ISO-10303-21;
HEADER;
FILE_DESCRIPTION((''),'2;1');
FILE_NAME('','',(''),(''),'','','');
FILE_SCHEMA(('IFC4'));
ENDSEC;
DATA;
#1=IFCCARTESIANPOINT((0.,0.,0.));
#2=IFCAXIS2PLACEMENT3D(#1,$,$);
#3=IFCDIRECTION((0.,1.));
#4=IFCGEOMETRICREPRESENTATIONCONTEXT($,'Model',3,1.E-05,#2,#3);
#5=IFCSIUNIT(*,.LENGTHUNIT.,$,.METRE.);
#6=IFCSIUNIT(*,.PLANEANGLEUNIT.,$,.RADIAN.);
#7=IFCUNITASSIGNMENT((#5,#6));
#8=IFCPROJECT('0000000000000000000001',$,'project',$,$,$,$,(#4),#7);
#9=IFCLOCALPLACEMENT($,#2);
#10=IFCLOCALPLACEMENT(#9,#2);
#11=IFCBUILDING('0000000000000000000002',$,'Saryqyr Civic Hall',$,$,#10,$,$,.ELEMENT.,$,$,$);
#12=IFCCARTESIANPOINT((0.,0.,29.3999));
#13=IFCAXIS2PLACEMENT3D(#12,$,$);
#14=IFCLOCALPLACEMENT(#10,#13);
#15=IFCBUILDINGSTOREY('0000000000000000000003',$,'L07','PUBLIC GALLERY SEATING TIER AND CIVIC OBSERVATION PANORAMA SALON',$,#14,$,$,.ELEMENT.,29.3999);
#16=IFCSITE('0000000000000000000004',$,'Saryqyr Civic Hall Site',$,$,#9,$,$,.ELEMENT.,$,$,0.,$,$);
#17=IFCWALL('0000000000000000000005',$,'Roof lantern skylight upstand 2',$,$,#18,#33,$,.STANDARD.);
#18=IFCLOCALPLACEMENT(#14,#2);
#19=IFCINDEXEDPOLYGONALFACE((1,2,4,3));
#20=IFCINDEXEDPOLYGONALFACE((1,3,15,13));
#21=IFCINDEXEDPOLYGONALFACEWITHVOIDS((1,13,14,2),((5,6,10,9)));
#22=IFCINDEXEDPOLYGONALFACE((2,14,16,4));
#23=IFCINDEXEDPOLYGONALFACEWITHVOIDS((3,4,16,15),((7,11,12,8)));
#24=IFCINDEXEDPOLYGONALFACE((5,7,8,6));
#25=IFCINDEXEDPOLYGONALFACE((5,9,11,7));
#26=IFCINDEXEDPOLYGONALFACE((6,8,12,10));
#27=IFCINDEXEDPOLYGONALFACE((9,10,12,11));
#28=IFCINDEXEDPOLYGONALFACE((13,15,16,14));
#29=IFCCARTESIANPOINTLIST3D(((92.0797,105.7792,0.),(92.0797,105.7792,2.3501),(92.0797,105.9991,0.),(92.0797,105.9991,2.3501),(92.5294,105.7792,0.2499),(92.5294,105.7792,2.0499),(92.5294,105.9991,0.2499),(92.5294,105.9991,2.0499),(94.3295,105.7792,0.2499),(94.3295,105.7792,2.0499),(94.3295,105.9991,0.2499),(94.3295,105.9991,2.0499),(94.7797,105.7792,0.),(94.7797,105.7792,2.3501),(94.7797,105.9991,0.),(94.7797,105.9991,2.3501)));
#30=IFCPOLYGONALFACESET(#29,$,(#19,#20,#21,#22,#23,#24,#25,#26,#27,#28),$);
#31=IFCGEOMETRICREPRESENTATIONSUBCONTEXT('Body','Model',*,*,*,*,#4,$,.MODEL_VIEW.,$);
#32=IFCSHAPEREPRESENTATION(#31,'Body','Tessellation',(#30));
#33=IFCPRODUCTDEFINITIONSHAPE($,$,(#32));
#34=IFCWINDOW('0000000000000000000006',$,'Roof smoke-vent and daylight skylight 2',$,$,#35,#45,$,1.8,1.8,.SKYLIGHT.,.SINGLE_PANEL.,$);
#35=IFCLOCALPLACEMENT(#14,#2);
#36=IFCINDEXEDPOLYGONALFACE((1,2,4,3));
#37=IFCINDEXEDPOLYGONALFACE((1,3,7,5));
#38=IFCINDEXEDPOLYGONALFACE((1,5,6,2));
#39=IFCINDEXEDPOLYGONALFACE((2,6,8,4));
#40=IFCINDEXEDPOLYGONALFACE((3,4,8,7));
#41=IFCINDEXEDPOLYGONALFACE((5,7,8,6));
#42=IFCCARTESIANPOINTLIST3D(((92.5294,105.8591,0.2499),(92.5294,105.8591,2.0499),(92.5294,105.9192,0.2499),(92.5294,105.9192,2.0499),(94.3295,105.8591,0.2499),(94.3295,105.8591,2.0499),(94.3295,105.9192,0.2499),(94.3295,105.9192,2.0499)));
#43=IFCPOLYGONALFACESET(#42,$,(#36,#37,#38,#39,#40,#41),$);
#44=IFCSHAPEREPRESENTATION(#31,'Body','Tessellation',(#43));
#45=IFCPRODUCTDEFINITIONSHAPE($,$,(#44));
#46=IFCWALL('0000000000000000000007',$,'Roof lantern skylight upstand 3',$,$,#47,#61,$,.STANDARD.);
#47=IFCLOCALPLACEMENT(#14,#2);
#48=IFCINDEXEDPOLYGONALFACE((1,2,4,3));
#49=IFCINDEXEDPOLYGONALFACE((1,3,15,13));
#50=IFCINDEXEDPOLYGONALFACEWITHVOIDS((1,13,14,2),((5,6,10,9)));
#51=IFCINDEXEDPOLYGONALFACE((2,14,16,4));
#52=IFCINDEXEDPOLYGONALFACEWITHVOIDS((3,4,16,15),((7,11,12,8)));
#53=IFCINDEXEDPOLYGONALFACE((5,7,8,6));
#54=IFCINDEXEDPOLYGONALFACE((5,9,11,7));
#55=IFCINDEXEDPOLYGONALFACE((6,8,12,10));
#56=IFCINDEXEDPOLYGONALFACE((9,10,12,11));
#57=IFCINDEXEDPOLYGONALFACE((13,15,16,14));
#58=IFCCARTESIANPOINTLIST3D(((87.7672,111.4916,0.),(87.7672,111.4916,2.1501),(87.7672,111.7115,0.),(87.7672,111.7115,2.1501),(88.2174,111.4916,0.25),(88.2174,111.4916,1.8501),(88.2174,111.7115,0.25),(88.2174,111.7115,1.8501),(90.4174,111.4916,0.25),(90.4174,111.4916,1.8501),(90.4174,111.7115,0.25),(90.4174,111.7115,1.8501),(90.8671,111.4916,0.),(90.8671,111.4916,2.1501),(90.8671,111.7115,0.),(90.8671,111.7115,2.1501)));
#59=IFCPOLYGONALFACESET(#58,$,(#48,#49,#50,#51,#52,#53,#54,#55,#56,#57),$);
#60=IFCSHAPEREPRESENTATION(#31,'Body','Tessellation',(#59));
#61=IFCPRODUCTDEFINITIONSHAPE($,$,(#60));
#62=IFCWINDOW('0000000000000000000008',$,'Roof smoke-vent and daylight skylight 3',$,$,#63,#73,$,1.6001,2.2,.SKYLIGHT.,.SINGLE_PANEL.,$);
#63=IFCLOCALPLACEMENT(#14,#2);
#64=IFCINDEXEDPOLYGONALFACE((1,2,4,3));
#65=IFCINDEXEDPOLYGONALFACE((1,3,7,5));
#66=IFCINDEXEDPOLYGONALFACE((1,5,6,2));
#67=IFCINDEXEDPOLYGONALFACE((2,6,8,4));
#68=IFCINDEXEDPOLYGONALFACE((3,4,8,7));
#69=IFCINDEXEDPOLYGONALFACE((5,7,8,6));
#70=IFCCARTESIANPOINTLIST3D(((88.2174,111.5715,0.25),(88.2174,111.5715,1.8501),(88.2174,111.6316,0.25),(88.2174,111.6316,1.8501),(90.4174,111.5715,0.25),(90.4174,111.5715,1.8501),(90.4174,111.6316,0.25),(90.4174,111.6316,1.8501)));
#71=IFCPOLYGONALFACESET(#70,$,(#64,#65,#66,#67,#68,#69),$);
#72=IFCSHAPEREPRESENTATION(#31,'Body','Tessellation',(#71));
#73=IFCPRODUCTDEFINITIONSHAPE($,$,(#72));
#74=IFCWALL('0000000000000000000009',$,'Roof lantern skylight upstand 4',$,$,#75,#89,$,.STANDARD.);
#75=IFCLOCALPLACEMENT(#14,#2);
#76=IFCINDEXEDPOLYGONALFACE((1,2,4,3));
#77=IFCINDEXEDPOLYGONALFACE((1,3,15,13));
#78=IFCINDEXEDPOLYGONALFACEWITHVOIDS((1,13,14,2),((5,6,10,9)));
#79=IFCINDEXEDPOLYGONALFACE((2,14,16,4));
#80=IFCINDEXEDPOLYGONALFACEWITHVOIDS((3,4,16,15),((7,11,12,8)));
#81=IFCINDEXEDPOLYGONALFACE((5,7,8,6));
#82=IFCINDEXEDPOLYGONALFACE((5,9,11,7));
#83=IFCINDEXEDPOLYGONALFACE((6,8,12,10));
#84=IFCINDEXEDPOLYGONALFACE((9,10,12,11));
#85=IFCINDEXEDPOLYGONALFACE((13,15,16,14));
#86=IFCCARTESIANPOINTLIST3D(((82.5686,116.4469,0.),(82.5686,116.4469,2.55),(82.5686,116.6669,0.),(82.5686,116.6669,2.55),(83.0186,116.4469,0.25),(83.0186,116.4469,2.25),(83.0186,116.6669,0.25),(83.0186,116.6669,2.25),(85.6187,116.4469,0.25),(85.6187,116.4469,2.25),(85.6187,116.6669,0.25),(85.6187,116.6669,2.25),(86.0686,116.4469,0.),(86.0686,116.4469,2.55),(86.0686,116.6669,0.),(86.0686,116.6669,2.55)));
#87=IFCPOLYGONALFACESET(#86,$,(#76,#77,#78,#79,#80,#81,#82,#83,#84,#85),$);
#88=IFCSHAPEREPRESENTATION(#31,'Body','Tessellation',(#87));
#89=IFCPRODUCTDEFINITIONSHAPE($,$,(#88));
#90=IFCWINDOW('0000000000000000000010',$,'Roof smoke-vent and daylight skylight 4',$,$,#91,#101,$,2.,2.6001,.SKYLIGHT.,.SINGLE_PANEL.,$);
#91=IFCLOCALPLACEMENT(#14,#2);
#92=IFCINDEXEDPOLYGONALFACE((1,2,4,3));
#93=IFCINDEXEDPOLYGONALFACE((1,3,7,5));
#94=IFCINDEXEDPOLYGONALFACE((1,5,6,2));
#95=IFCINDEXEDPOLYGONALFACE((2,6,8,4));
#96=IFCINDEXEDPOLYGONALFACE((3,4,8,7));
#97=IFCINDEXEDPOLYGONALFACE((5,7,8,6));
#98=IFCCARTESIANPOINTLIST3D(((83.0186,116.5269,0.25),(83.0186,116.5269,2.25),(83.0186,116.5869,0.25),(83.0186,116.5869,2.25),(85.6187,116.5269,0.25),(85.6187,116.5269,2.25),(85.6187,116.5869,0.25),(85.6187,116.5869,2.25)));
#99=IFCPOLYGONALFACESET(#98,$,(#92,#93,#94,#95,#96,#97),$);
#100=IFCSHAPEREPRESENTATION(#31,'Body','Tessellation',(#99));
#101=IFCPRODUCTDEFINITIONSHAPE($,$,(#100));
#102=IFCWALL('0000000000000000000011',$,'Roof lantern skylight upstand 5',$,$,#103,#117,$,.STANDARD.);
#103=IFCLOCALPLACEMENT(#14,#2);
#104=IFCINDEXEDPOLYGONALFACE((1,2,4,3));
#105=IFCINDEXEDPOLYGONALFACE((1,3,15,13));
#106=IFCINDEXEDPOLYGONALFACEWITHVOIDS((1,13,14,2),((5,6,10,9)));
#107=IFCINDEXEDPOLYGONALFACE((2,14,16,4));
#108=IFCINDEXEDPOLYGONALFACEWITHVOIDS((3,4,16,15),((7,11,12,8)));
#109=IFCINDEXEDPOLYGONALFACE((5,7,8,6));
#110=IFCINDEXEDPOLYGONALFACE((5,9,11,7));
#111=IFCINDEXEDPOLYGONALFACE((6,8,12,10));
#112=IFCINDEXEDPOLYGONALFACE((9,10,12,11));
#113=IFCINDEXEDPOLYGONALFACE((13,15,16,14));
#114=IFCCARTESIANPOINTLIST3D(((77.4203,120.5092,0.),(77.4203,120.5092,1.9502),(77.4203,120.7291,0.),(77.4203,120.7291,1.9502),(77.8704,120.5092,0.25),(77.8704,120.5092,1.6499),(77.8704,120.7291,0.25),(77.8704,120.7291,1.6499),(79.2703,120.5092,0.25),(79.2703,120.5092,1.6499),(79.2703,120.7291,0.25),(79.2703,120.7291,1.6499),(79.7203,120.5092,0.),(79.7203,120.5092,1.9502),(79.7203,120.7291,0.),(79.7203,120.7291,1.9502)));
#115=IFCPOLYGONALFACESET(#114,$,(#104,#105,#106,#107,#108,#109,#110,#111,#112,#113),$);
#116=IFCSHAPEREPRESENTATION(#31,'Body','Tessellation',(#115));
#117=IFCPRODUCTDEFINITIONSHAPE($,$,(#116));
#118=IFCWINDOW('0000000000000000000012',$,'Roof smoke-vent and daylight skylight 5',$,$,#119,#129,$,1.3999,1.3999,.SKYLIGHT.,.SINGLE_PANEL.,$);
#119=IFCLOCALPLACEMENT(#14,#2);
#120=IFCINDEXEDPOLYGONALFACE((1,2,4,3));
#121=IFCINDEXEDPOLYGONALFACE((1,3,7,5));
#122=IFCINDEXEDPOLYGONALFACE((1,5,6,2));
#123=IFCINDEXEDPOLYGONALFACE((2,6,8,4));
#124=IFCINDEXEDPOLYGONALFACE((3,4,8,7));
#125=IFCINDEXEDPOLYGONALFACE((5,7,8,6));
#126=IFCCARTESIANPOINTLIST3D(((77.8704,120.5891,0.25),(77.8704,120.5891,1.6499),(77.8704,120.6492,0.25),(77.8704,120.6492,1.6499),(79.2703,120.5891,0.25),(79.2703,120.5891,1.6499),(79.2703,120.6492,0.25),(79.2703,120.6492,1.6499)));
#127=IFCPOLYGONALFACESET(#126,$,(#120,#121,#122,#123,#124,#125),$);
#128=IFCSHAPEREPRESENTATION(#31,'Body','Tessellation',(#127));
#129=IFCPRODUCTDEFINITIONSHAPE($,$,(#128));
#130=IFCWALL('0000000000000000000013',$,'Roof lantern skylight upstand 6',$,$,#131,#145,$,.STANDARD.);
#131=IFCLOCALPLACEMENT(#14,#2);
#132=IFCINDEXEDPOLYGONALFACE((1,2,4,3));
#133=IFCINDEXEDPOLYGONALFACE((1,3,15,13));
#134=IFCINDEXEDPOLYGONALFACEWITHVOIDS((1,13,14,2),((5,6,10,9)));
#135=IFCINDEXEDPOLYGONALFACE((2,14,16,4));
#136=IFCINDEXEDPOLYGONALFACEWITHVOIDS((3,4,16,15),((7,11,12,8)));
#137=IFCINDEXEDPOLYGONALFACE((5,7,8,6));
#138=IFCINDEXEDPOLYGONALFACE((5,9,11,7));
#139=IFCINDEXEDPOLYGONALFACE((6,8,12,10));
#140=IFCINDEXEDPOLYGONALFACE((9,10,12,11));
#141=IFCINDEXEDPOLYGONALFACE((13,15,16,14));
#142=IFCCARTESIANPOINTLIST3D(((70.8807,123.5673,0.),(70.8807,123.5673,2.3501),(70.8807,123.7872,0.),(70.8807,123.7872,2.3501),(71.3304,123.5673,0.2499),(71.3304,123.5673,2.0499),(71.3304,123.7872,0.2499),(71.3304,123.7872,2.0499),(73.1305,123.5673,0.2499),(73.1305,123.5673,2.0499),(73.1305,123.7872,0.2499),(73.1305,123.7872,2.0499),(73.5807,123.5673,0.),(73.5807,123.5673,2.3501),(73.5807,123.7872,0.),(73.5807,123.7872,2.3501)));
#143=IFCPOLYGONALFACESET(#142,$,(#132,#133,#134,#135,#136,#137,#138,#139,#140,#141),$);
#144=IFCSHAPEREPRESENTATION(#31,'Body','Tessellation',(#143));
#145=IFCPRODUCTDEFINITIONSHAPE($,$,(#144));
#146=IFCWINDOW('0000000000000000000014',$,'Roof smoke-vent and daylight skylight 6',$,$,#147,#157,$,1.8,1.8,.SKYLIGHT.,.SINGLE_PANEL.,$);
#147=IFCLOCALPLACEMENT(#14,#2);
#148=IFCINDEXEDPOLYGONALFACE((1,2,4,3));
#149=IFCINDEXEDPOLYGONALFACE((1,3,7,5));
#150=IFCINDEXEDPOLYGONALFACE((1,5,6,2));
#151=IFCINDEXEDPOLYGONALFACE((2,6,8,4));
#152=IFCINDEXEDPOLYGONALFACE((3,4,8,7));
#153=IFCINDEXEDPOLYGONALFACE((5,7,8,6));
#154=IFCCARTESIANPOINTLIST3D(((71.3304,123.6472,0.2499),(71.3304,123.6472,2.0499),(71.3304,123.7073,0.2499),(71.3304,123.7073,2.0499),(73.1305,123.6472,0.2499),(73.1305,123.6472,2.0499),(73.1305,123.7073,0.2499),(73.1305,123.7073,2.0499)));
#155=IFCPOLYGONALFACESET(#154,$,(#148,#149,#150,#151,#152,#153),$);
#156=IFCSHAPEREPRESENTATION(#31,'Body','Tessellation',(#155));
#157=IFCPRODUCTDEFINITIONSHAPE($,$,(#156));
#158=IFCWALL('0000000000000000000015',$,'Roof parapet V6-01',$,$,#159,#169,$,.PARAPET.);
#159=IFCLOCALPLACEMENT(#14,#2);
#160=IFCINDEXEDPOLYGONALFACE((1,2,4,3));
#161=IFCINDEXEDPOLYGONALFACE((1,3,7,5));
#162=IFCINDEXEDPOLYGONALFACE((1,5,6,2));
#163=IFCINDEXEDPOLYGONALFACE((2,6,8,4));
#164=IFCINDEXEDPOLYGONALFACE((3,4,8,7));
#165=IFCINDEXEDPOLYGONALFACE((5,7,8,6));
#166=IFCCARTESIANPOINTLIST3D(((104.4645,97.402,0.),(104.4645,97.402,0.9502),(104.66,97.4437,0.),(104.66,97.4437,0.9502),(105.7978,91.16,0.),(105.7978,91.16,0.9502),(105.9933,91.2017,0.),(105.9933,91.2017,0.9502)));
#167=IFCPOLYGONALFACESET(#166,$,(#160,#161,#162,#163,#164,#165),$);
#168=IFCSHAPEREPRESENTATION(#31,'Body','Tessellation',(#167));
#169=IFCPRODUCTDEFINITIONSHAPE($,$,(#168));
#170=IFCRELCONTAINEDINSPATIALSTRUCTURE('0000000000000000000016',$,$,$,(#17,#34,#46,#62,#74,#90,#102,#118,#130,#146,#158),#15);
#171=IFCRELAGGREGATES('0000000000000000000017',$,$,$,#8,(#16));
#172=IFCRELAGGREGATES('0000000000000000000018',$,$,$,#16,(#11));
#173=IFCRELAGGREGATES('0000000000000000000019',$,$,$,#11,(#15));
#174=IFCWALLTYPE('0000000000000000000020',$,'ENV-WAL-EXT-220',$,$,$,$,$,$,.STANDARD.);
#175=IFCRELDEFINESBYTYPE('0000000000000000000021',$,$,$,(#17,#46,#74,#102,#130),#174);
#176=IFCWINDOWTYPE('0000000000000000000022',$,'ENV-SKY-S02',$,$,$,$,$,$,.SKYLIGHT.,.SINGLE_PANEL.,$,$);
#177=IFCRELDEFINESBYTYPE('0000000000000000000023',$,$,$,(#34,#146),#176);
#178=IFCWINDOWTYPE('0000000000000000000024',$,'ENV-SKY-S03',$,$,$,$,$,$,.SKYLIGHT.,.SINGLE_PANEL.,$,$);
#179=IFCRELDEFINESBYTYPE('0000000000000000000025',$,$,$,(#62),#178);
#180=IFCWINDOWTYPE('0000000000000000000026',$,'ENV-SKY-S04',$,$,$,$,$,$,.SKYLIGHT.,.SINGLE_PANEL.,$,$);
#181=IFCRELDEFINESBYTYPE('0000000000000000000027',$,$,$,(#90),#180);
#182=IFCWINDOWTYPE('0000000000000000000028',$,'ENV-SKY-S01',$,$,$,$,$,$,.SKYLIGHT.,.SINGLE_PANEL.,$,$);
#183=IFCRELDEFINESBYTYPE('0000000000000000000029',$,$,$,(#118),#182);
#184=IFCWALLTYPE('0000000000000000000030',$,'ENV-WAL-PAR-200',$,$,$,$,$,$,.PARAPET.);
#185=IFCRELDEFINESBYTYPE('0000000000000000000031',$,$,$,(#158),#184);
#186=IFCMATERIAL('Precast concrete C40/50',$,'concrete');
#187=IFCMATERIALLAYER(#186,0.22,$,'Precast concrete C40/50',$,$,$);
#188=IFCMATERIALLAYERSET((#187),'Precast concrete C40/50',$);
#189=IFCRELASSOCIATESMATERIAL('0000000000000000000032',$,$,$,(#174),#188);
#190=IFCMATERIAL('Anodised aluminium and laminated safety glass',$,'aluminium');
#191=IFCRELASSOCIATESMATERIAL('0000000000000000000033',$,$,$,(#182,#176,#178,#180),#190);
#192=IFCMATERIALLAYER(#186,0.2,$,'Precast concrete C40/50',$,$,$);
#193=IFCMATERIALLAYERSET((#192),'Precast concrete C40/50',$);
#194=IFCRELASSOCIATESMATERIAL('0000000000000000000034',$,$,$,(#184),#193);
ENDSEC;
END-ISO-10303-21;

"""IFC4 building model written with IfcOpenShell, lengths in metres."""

from ifc_helpers import new_model, si_unit, direction, frame, frame_2d, origin, place, context, subcontext, project, spatial, rectangle, extrude, material, layer, layer_set, type_object, element, fill, save


model = new_model("IFC4")

# Units and contexts
model_context = context("Model", 3, precision=1e-05, world=origin(), true_north=direction((0.0, 1.0)))
body_context = subcontext(model_context, "Body", "Model", "MODEL_VIEW")
ifc_project = project(units=[si_unit("LENGTHUNIT", "METRE"), si_unit("PLANEANGLEUNIT", "RADIAN")], contexts=[model_context])

# Site, building, storey
site_placement = place(None, origin())
site = spatial("IfcSite", under=ifc_project, at=site_placement, Name="Saryqyr Civic Hall Site", CompositionType="ELEMENT", RefElevation=0.0)
building_placement = place(site_placement, origin())
building = spatial("IfcBuilding", under=site, at=building_placement, Name="Saryqyr Civic Hall", CompositionType="ELEMENT")
storey_placement = place(building_placement, frame((0.0, 0.0, 29.3999)))
storey = spatial("IfcBuildingStorey", under=building, at=storey_placement, Name="L07", Description="PUBLIC GALLERY SEATING TIER AND CIVIC OBSERVATION PANORAMA SALON", CompositionType="ELEMENT", Elevation=29.3999)

# Walls, openings, windows
ifc_material_1 = material(Name="Precast concrete C40/50", Category="concrete")
ifc_layer_1 = layer(ifc_material_1, 0.22, Name="Precast concrete C40/50")
ifc_layer_set_1 = layer_set([ifc_layer_1], Name="Precast concrete C40/50")
wall_type_1 = type_object("IfcWallType", Name="ENV-WAL-EXT-220", PredefinedType="STANDARD", material=ifc_layer_set_1)
ifc_material_2 = material(Name="Anodised aluminium and laminated safety glass", Category="aluminium")
window_type_1 = type_object("IfcWindowType", Name="ENV-SKY-S01", PartitioningType="SINGLE_PANEL", PredefinedType="SKYLIGHT", material=ifc_material_2)
wall_1_placement = place(storey_placement, frame((92.0796, 105.8892, 0.0), z_axis=(0.0, 0.0, 1.0), x_axis=(1.0, 0.0, 0.0)))
wall_1 = element("IfcWall", 1, at=wall_1_placement, inside=storey, type_object=wall_type_1, Name="Roof lantern skylight upstand 2", PredefinedType="STANDARD", context=body_context, shape_type="SweptSolid", body=[
    extrude(rectangle(XDim=2.7, YDim=0.22, at=frame_2d((1.3501, 0.0))), origin(), (0.0, 0.0, 1.0), 2.3501),
])
opening_1_placement = place(wall_1_placement, frame((0.45, 0.0, 0.25)))
opening_1 = element("IfcOpeningElement", 2, at=opening_1_placement, cuts=wall_1, PredefinedType="OPENING", context=body_context, shape_type="SweptSolid", body=[
    extrude(rectangle(XDim=1.8, YDim=1.8, at=frame_2d((0.8999, 0.8999))), frame((0.0, 0.1199, 0.0), z_axis=(0.0, -1.0, 0.0), x_axis=(1.0, 0.0, 0.0)), (0.0, 0.0, 1.0), 0.24),
])
window_type_2 = type_object("IfcWindowType", Name="ENV-SKY-S02", PartitioningType="SINGLE_PANEL", PredefinedType="SKYLIGHT", material=ifc_material_2)
window_1_placement = place(opening_1_placement, origin())
window_1 = element("IfcWindow", 3, at=window_1_placement, inside=storey, type_object=window_type_2, Name="Roof smoke-vent and daylight skylight 2", OverallHeight=1.8, OverallWidth=1.8, PartitioningType="SINGLE_PANEL", PredefinedType="SKYLIGHT", context=body_context, shape_type="SweptSolid", body=[
    extrude(rectangle(XDim=1.8, YDim=1.8, at=frame_2d((0.8999, 0.8999))), frame((0.0, 0.03, 0.0), z_axis=(0.0, -1.0, 0.0), x_axis=(1.0, 0.0, 0.0)), (0.0, 0.0, 1.0), 0.0601),
])
fill(opening_1, window_1)
wall_2_placement = place(storey_placement, frame((87.7673, 111.6016, 0.0), z_axis=(0.0, 0.0, 1.0), x_axis=(1.0, 0.0, 0.0)))
wall_2 = element("IfcWall", 4, at=wall_2_placement, inside=storey, type_object=wall_type_1, Name="Roof lantern skylight upstand 3", PredefinedType="STANDARD", context=body_context, shape_type="SweptSolid", body=[
    extrude(rectangle(XDim=3.0999, YDim=0.22, at=frame_2d((1.5498, 0.0))), origin(), (0.0, 0.0, 1.0), 2.1501),
])
opening_2_placement = place(wall_2_placement, frame((0.45, 0.0, 0.25)))
opening_2 = element("IfcOpeningElement", 5, at=opening_2_placement, cuts=wall_2, PredefinedType="OPENING", context=body_context, shape_type="SweptSolid", body=[
    extrude(rectangle(XDim=2.2, YDim=1.6001, at=frame_2d((1.1001, 0.8))), frame((0.0, 0.1199, 0.0), z_axis=(0.0, -1.0, 0.0), x_axis=(1.0, 0.0, 0.0)), (0.0, 0.0, 1.0), 0.24),
])
window_type_3 = type_object("IfcWindowType", Name="ENV-SKY-S03", PartitioningType="SINGLE_PANEL", PredefinedType="SKYLIGHT", material=ifc_material_2)
window_2_placement = place(opening_2_placement, origin())
window_2 = element("IfcWindow", 6, at=window_2_placement, inside=storey, type_object=window_type_3, Name="Roof smoke-vent and daylight skylight 3", OverallHeight=1.6001, OverallWidth=2.2, PartitioningType="SINGLE_PANEL", PredefinedType="SKYLIGHT", context=body_context, shape_type="SweptSolid", body=[
    extrude(rectangle(XDim=2.2, YDim=1.6001, at=frame_2d((1.1001, 0.8))), frame((0.0, 0.03, 0.0), z_axis=(0.0, -1.0, 0.0), x_axis=(1.0, 0.0, 0.0)), (0.0, 0.0, 1.0), 0.0601),
])
fill(opening_2, window_2)
wall_3_placement = place(storey_placement, frame((82.5686, 116.5569, 0.0), z_axis=(0.0, 0.0, 1.0), x_axis=(1.0, 0.0, 0.0)))
wall_3 = element("IfcWall", 7, at=wall_3_placement, inside=storey, type_object=wall_type_1, Name="Roof lantern skylight upstand 4", PredefinedType="STANDARD", context=body_context, shape_type="SweptSolid", body=[
    extrude(rectangle(XDim=3.5, YDim=0.22, at=frame_2d((1.75, 0.0))), origin(), (0.0, 0.0, 1.0), 2.55),
])
opening_3_placement = place(wall_3_placement, frame((0.45, 0.0, 0.25)))
opening_3 = element("IfcOpeningElement", 8, at=opening_3_placement, cuts=wall_3, PredefinedType="OPENING", context=body_context, shape_type="SweptSolid", body=[
    extrude(rectangle(XDim=2.6001, YDim=2.0, at=frame_2d((1.3, 1.0))), frame((0.0, 0.1199, 0.0), z_axis=(0.0, -1.0, 0.0), x_axis=(1.0, 0.0, 0.0)), (0.0, 0.0, 1.0), 0.24),
])
window_type_4 = type_object("IfcWindowType", Name="ENV-SKY-S04", PartitioningType="SINGLE_PANEL", PredefinedType="SKYLIGHT", material=ifc_material_2)
window_3_placement = place(opening_3_placement, origin())
window_3 = element("IfcWindow", 9, at=window_3_placement, inside=storey, type_object=window_type_4, Name="Roof smoke-vent and daylight skylight 4", OverallHeight=2.0, OverallWidth=2.6001, PartitioningType="SINGLE_PANEL", PredefinedType="SKYLIGHT", context=body_context, shape_type="SweptSolid", body=[
    extrude(rectangle(XDim=2.6001, YDim=2.0, at=frame_2d((1.3, 1.0))), frame((0.0, 0.03, 0.0), z_axis=(0.0, -1.0, 0.0), x_axis=(1.0, 0.0, 0.0)), (0.0, 0.0, 1.0), 0.0601),
])
fill(opening_3, window_3)
wall_4_placement = place(storey_placement, frame((77.4204, 120.6191, 0.0), z_axis=(0.0, 0.0, 1.0), x_axis=(1.0, 0.0, 0.0)))
wall_4 = element("IfcWall", 10, at=wall_4_placement, inside=storey, type_object=wall_type_1, Name="Roof lantern skylight upstand 5", PredefinedType="STANDARD", context=body_context, shape_type="SweptSolid", body=[
    extrude(rectangle(XDim=2.3, YDim=0.22, at=frame_2d((1.1499, 0.0))), origin(), (0.0, 0.0, 1.0), 1.9502),
])
opening_4_placement = place(wall_4_placement, frame((0.45, 0.0, 0.25)))
opening_4 = element("IfcOpeningElement", 11, at=opening_4_placement, cuts=wall_4, PredefinedType="OPENING", context=body_context, shape_type="SweptSolid", body=[
    extrude(rectangle(XDim=1.3999, YDim=1.3999, at=frame_2d((0.7, 0.7))), frame((0.0, 0.1199, 0.0), z_axis=(0.0, -1.0, 0.0), x_axis=(1.0, 0.0, 0.0)), (0.0, 0.0, 1.0), 0.24),
])
window_4_placement = place(opening_4_placement, origin())
window_4 = element("IfcWindow", 12, at=window_4_placement, inside=storey, type_object=window_type_1, Name="Roof smoke-vent and daylight skylight 5", OverallHeight=1.3999, OverallWidth=1.3999, PartitioningType="SINGLE_PANEL", PredefinedType="SKYLIGHT", context=body_context, shape_type="SweptSolid", body=[
    extrude(rectangle(XDim=1.3999, YDim=1.3999, at=frame_2d((0.7, 0.7))), frame((0.0, 0.03, 0.0), z_axis=(0.0, -1.0, 0.0), x_axis=(1.0, 0.0, 0.0)), (0.0, 0.0, 1.0), 0.0601),
])
fill(opening_4, window_4)
wall_5_placement = place(storey_placement, frame((70.8806, 123.6772, 0.0), z_axis=(0.0, 0.0, 1.0), x_axis=(1.0, 0.0, 0.0)))
wall_5 = element("IfcWall", 13, at=wall_5_placement, inside=storey, type_object=wall_type_1, Name="Roof lantern skylight upstand 6", PredefinedType="STANDARD", context=body_context, shape_type="SweptSolid", body=[
    extrude(rectangle(XDim=2.7, YDim=0.22, at=frame_2d((1.3501, 0.0))), origin(), (0.0, 0.0, 1.0), 2.3501),
])
opening_5_placement = place(wall_5_placement, frame((0.45, 0.0, 0.25)))
opening_5 = element("IfcOpeningElement", 14, at=opening_5_placement, cuts=wall_5, PredefinedType="OPENING", context=body_context, shape_type="SweptSolid", body=[
    extrude(rectangle(XDim=1.8, YDim=1.8, at=frame_2d((0.8999, 0.8999))), frame((0.0, 0.1199, 0.0), z_axis=(0.0, -1.0, 0.0), x_axis=(1.0, 0.0, 0.0)), (0.0, 0.0, 1.0), 0.24),
])
window_5_placement = place(opening_5_placement, origin())
window_5 = element("IfcWindow", 15, at=window_5_placement, inside=storey, type_object=window_type_2, Name="Roof smoke-vent and daylight skylight 6", OverallHeight=1.8, OverallWidth=1.8, PartitioningType="SINGLE_PANEL", PredefinedType="SKYLIGHT", context=body_context, shape_type="SweptSolid", body=[
    extrude(rectangle(XDim=1.8, YDim=1.8, at=frame_2d((0.8999, 0.8999))), frame((0.0, 0.03, 0.0), z_axis=(0.0, -1.0, 0.0), x_axis=(1.0, 0.0, 0.0)), (0.0, 0.0, 1.0), 0.0601),
])
fill(opening_5, window_5)

# Wall
ifc_layer_2 = layer(ifc_material_1, 0.2, Name="Precast concrete C40/50")
ifc_layer_set_2 = layer_set([ifc_layer_2], Name="Precast concrete C40/50")
wall_type_2 = type_object("IfcWallType", Name="ENV-WAL-PAR-200", PredefinedType="PARAPET", material=ifc_layer_set_2)
for number, where, z_axis, x_axis, name in (
    (16, (104.5623, 97.4229, 0.0), (0.0, 0.0, 1.0), (0.208884, -0.97794, 0.0), "Roof parapet V6-01"),
):
    element("IfcWall", number, at=place(storey_placement, frame(where, z_axis=z_axis, x_axis=x_axis)), inside=storey, type_object=wall_type_2, Name=name, PredefinedType="PARAPET", context=body_context, shape_type="SweptSolid", body=[
        extrude(rectangle(XDim=6.3828, YDim=0.2, at=frame_2d((3.1914, 0.0))), origin(), (0.0, 0.0, 1.0), 0.9502),
    ])

save(model, "model.ifc")
